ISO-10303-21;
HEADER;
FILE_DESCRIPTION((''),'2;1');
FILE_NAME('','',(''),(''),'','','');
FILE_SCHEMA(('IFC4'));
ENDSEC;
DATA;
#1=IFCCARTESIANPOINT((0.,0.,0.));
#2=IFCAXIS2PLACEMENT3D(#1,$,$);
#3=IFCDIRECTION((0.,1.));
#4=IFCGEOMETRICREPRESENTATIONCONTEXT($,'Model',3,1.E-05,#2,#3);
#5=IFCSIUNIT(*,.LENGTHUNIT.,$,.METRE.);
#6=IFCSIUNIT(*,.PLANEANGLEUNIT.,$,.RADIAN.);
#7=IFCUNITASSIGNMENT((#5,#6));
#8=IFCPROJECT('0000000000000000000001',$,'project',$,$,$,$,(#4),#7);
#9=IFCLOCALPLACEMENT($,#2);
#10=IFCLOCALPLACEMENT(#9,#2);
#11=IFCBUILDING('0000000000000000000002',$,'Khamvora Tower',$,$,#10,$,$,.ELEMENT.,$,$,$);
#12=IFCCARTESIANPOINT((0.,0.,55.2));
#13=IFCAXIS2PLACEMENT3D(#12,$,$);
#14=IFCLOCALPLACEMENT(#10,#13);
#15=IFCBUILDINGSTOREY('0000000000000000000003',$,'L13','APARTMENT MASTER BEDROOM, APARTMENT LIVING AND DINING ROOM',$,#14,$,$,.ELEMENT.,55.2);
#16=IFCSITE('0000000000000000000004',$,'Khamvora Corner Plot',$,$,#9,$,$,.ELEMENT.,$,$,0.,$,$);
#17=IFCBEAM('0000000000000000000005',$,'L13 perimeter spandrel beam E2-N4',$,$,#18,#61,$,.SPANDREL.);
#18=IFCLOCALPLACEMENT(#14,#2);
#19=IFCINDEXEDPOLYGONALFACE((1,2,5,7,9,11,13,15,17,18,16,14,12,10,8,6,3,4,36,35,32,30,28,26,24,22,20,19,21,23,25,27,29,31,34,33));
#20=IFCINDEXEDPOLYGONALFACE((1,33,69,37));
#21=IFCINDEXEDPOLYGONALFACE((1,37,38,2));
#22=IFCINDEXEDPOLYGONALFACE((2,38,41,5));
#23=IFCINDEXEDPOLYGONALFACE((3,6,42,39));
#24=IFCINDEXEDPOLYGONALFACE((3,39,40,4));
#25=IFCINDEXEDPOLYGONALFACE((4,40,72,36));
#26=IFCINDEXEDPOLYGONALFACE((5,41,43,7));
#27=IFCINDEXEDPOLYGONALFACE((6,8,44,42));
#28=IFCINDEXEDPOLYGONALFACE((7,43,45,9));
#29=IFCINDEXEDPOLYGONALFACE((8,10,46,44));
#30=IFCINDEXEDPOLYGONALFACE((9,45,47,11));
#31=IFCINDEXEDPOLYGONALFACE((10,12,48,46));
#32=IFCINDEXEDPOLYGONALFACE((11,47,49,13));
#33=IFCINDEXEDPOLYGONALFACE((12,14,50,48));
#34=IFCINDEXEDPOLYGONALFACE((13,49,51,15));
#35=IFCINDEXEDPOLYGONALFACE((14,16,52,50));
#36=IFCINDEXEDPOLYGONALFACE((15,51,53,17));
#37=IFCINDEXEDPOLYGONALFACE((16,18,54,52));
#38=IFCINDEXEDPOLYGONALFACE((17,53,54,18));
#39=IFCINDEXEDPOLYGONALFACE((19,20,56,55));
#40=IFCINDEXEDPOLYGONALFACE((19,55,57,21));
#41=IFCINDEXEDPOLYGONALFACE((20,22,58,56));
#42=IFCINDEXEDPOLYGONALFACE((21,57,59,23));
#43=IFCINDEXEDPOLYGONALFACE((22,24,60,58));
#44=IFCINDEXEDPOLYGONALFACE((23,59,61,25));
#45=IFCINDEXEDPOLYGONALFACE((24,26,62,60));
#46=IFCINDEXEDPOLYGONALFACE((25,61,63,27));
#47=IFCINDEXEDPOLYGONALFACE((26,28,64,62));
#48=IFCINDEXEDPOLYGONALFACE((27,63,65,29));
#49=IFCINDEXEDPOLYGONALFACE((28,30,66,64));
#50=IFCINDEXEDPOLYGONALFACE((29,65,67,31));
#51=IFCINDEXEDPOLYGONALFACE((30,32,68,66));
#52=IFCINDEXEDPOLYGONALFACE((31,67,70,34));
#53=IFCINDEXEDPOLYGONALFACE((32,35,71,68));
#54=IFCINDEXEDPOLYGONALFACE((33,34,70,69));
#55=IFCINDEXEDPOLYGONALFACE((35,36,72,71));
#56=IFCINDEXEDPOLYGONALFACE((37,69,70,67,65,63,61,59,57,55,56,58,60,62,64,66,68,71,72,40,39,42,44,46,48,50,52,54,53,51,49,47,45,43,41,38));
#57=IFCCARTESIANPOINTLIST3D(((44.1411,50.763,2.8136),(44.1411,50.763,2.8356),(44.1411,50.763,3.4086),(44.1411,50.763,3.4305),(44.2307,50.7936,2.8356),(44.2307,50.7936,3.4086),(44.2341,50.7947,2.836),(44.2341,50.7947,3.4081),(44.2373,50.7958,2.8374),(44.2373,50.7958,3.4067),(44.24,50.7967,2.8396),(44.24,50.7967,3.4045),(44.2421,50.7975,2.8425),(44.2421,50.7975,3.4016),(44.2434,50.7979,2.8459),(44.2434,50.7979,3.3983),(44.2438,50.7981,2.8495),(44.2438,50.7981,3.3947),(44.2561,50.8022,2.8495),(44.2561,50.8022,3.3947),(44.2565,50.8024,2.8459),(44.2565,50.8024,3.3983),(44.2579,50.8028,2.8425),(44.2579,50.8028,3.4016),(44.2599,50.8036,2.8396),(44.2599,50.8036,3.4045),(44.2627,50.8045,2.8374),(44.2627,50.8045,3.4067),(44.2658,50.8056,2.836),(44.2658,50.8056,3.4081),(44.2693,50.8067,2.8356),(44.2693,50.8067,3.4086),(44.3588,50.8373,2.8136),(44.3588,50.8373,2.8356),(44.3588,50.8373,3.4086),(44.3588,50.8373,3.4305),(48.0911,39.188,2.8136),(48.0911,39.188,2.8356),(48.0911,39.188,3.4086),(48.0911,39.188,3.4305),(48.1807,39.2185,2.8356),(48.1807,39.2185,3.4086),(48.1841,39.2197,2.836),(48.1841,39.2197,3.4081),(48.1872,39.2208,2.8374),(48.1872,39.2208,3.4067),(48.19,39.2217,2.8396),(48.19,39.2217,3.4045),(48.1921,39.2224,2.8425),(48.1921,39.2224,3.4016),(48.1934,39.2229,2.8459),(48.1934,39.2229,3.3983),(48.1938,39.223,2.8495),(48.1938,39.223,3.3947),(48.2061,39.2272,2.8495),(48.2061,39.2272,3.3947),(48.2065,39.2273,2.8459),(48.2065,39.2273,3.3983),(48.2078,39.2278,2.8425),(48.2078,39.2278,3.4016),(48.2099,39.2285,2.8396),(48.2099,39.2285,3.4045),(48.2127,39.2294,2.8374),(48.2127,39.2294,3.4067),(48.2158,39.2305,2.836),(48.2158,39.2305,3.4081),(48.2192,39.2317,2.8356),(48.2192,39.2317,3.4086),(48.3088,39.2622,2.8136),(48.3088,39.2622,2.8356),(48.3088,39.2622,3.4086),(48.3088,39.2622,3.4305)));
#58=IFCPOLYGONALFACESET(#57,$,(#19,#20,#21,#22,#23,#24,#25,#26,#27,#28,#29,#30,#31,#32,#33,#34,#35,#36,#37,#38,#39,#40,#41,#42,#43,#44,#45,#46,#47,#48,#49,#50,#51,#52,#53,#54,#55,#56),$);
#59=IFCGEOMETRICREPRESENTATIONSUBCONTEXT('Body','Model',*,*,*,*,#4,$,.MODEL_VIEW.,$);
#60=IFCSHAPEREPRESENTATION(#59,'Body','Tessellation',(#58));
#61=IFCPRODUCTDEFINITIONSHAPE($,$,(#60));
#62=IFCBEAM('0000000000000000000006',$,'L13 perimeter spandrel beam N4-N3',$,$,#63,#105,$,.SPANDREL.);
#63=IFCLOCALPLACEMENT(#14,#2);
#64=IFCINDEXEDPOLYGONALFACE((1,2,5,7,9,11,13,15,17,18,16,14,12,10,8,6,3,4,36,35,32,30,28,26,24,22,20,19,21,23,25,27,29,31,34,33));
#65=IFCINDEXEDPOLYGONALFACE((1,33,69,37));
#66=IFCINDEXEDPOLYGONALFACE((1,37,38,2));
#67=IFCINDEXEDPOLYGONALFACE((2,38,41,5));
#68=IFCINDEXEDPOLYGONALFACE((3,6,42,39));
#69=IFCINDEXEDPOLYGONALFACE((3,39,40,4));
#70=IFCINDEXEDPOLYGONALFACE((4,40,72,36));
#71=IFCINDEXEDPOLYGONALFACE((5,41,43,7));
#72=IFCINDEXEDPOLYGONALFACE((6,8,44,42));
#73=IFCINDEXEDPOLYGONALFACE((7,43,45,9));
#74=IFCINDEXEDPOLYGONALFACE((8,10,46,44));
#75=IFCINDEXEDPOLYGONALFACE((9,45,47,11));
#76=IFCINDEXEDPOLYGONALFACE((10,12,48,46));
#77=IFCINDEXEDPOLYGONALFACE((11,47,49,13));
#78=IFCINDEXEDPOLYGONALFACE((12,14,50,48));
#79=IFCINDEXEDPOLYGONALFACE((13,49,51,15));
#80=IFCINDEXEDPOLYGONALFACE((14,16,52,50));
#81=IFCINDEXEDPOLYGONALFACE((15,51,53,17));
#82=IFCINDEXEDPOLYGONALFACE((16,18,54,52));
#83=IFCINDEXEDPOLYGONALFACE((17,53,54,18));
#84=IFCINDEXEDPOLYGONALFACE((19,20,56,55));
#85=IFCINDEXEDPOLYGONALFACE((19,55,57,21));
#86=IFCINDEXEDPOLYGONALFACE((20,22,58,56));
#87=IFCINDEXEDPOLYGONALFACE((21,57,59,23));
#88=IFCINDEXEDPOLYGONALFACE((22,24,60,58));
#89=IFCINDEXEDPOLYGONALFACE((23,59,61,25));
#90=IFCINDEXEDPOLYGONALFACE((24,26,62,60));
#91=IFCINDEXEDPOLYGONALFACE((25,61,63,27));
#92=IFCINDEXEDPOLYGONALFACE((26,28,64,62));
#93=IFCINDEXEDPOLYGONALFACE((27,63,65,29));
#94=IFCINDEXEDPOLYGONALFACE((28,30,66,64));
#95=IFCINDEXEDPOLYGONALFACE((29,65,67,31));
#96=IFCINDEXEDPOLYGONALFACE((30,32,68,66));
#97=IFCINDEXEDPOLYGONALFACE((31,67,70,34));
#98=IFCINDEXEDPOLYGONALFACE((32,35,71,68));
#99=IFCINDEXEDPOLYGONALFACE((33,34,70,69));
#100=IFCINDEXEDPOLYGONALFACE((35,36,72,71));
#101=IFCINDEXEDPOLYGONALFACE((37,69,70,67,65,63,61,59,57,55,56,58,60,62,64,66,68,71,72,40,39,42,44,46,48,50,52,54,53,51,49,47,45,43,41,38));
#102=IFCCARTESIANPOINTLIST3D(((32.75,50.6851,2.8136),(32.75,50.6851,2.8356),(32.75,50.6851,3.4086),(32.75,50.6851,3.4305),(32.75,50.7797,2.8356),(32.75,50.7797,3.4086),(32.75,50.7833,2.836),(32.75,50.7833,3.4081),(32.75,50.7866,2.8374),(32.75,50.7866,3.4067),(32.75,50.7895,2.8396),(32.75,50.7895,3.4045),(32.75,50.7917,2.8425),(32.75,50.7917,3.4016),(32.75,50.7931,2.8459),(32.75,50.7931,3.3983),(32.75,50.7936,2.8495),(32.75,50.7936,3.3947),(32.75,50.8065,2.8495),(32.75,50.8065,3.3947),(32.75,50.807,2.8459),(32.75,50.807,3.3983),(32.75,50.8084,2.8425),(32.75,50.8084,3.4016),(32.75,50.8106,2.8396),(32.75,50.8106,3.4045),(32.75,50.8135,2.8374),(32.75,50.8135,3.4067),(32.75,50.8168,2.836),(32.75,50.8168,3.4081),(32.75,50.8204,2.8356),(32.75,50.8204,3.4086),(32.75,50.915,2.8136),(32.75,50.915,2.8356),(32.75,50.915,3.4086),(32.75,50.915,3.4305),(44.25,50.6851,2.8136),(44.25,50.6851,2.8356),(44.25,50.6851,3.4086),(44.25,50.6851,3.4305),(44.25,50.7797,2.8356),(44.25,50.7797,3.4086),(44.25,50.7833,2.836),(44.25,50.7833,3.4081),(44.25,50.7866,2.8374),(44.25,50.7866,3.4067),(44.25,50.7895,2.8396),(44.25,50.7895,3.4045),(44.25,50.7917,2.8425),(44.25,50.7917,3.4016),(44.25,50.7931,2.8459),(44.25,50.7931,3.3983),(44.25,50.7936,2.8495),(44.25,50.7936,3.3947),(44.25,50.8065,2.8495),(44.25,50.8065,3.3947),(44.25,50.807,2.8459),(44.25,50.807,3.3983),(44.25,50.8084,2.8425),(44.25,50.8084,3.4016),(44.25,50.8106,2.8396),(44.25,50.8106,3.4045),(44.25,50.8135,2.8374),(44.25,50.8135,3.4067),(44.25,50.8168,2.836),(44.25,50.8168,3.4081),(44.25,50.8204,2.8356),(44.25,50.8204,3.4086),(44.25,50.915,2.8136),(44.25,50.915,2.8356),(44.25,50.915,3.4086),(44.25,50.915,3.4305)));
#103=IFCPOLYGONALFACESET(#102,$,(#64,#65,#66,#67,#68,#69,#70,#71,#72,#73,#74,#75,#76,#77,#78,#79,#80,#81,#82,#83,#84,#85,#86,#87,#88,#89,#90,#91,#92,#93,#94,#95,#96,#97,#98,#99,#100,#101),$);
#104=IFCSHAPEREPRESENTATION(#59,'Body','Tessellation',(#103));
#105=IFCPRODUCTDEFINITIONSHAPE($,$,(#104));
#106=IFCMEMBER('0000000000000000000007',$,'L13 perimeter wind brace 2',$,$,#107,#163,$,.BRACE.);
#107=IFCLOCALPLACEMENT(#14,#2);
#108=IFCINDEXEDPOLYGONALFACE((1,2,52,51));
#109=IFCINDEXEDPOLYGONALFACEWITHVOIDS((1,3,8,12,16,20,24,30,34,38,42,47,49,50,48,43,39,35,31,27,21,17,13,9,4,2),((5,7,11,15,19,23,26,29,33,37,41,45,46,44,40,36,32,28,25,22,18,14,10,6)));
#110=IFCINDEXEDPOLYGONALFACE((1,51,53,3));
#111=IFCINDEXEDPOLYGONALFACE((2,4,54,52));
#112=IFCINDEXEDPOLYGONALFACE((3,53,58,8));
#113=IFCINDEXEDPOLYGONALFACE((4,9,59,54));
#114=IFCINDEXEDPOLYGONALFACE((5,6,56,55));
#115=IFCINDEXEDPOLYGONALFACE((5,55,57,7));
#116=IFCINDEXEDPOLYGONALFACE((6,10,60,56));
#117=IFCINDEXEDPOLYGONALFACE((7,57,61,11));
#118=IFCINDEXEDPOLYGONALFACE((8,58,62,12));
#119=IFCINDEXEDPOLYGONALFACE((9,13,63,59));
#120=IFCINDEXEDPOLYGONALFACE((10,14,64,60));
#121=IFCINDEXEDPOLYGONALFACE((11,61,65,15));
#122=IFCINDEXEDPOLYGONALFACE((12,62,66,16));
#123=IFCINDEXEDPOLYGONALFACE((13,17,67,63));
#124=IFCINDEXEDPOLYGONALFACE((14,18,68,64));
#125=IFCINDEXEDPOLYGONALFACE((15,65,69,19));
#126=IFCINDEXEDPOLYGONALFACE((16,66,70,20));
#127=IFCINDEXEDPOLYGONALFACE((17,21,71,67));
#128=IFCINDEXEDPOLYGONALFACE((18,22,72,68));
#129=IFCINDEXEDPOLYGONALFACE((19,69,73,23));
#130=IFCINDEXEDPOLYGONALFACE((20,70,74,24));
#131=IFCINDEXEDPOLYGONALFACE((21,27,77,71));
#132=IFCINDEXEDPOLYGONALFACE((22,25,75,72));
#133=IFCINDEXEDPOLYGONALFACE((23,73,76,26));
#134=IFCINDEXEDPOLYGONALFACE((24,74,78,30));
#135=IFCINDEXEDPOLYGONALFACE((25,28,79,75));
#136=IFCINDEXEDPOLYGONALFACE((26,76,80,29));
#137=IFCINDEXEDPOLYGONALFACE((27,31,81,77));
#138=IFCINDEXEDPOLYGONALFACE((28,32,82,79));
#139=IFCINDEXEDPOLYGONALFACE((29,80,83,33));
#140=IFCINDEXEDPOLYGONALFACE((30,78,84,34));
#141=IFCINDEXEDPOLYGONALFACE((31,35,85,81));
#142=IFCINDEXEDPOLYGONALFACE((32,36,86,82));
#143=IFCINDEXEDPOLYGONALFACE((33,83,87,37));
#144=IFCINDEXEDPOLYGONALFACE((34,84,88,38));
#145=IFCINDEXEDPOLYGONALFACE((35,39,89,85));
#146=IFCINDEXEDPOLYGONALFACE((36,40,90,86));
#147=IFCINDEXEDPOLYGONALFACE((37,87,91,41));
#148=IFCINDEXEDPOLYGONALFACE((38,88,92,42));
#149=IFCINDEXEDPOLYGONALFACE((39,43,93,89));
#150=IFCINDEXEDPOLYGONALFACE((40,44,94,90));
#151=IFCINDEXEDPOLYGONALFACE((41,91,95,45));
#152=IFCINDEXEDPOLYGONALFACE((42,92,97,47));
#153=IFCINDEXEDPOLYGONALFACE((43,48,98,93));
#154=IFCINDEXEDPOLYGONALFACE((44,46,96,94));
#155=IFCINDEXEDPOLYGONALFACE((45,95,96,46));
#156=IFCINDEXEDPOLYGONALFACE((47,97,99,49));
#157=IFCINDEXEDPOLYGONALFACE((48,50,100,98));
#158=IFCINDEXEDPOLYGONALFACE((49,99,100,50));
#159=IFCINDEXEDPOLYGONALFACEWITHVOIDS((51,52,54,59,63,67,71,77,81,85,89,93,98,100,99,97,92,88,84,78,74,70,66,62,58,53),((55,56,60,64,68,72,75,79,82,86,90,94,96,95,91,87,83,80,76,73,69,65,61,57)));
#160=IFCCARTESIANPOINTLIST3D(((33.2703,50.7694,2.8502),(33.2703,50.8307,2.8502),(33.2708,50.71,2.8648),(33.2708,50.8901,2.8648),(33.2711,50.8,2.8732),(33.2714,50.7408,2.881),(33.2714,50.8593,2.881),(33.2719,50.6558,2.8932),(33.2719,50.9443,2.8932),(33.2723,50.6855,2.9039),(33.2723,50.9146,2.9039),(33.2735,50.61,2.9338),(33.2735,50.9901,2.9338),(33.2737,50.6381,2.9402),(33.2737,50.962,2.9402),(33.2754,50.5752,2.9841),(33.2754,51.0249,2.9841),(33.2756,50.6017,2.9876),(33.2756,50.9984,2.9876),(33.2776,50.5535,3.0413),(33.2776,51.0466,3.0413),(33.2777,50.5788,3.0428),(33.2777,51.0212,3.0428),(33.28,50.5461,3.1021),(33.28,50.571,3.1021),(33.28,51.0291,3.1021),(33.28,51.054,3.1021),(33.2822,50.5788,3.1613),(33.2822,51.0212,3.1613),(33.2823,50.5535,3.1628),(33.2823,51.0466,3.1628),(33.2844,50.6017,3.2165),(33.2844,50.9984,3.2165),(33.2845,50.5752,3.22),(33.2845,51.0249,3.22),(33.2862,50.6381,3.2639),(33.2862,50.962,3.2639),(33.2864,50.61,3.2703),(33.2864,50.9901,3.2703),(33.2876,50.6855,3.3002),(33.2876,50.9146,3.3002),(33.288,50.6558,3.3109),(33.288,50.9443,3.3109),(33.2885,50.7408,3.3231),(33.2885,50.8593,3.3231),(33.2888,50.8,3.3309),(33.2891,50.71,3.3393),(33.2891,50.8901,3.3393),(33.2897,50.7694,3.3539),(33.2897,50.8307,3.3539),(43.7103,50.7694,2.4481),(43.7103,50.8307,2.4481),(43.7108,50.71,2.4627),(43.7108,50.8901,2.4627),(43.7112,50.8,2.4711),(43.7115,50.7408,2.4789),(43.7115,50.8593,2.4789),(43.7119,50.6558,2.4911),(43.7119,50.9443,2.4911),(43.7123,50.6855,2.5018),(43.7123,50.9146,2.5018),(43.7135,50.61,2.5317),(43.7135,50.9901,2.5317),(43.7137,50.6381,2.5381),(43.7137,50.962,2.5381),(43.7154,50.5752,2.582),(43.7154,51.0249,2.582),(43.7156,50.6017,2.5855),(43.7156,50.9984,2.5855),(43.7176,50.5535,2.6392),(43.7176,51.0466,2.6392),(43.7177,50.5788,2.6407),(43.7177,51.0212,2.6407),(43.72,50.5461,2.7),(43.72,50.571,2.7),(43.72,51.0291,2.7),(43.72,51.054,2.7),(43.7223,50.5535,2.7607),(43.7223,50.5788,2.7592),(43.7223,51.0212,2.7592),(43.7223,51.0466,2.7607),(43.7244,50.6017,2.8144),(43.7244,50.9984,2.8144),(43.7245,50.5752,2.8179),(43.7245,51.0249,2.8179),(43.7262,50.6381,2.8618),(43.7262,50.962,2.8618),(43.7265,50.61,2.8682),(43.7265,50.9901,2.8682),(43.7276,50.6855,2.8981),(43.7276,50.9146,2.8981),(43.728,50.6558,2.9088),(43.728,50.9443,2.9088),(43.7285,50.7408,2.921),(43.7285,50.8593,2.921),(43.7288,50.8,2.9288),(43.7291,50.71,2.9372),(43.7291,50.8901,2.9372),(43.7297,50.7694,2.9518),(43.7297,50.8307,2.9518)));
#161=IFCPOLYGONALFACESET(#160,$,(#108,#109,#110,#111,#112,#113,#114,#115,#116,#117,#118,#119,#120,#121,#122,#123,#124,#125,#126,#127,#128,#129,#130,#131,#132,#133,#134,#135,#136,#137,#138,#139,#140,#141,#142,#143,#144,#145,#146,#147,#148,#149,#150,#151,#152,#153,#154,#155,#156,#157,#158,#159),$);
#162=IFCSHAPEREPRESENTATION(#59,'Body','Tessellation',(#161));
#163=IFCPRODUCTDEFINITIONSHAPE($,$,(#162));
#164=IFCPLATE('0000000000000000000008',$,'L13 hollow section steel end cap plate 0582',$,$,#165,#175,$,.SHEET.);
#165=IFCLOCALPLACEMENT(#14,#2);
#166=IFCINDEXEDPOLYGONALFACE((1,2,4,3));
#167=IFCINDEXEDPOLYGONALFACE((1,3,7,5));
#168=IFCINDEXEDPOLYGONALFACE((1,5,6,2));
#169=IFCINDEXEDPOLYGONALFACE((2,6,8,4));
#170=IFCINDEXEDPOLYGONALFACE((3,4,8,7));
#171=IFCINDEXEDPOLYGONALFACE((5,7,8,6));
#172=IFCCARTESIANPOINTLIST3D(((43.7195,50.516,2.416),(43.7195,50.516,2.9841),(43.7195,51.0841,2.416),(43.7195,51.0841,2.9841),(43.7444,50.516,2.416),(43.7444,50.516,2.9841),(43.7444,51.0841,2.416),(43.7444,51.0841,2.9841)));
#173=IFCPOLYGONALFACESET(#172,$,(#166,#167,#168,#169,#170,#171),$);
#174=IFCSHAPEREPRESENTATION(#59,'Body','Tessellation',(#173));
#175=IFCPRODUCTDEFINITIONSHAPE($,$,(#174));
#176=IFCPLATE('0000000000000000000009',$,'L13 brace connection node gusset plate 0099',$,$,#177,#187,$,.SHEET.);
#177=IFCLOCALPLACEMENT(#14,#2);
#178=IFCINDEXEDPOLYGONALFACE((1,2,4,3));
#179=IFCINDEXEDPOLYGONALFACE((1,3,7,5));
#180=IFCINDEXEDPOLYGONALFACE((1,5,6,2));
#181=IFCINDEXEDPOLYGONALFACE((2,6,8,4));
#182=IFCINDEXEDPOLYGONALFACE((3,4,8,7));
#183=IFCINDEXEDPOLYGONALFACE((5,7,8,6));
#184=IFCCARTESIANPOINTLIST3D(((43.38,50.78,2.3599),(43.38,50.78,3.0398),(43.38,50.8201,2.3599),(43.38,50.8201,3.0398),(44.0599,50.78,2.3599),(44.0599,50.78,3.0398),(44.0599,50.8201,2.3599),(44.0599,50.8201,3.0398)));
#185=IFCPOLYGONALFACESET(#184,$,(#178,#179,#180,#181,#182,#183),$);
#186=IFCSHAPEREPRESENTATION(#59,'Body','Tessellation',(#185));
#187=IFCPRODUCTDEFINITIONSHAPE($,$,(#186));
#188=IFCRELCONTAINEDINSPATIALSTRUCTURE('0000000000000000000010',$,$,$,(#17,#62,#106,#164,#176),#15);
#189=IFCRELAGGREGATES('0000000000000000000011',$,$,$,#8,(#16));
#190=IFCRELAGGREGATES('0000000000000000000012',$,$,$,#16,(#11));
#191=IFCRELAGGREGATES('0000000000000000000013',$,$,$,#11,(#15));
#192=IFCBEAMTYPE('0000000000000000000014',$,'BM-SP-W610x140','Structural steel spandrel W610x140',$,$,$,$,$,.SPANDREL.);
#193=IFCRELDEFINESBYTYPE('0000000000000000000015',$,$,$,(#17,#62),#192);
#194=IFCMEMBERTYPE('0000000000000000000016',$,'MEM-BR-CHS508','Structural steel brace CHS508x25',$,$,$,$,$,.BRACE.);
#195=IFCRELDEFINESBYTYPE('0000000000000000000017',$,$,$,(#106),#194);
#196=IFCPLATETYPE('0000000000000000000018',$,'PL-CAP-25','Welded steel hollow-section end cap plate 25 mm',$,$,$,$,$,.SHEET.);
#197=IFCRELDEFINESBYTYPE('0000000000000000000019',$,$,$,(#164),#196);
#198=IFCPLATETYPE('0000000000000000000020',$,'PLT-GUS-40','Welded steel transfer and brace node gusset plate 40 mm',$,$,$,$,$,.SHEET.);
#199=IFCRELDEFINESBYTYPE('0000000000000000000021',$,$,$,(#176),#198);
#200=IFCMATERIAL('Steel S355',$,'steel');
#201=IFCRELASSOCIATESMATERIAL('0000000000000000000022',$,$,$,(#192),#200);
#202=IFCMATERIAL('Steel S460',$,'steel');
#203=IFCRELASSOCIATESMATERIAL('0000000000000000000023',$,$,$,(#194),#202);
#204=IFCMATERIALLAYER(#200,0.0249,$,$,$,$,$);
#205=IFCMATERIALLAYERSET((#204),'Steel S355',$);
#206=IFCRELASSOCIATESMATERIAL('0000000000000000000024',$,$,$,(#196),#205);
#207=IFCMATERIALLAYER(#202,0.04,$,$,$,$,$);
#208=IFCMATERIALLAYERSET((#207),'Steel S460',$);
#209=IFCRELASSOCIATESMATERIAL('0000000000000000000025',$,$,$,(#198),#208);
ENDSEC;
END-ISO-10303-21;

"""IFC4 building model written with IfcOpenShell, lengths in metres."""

from ifc_helpers import new_model, si_unit, direction, frame, origin, origin_2d, place, context, subcontext, project, spatial, rectangle, hollow_circle, i_section, extrude, material, layer, layer_set, material_profile, profile_set, type_object, element, save


model = new_model("IFC4")

# Units and contexts
model_context = context("Model", 3, precision=1e-05, world=origin(), true_north=direction((0.0, 1.0)))
body_context = subcontext(model_context, "Body", "Model", "MODEL_VIEW")
ifc_project = project(units=[si_unit("LENGTHUNIT", "METRE"), si_unit("PLANEANGLEUNIT", "RADIAN")], contexts=[model_context])

# Site, building, storey
site_placement = place(None, origin())
site = spatial("IfcSite", under=ifc_project, at=site_placement, Name="Khamvora Corner Plot", CompositionType="ELEMENT", RefElevation=0.0)
building_placement = place(site_placement, origin())
building = spatial("IfcBuilding", under=site, at=building_placement, Name="Khamvora Tower", CompositionType="ELEMENT")
storey_placement = place(building_placement, frame((0.0, 0.0, 55.2)))
storey = spatial("IfcBuildingStorey", under=building, at=storey_placement, Name="L13", Description="APARTMENT MASTER BEDROOM, APARTMENT LIVING AND DINING ROOM", CompositionType="ELEMENT", Elevation=55.2)

# Shared definitions
ifc_material_1 = material(Name="Steel S460", Category="steel")

# Beams
ifc_material_2 = material(Name="Steel S355", Category="steel")
ifc_material_profile_1 = material_profile(ifc_material_2, i_section(OverallWidth=0.23, OverallDepth=0.6169, WebThickness=0.0129, FlangeThickness=0.022, FilletRadius=0.0139, at=origin_2d()), Name="W610x140")
ifc_profile_set_1 = profile_set([ifc_material_profile_1], Name="Steel S355")
beam_type_1 = type_object("IfcBeamType", Name="BM-SP-W610x140", Description="Structural steel spandrel W610x140", PredefinedType="SPANDREL", material=ifc_profile_set_1)
beam_1_placement = place(storey_placement, frame((48.2, 39.2251, 3.1221), z_axis=(-0.322963, 0.946412, 0.0), x_axis=(-0.946412, -0.322963, 0.0)))
element("IfcBeam", 1, at=beam_1_placement, inside=storey, type_object=beam_type_1, Name="L13 perimeter spandrel beam E2-N4", PredefinedType="SPANDREL", context=body_context, shape_type="SweptSolid", body=[
    extrude(i_section(OverallWidth=0.23, OverallDepth=0.6169, WebThickness=0.0129, FlangeThickness=0.022, FilletRadius=0.0139, at=origin_2d()), origin(), (0.0, 0.0, 1.0), 12.2305),
])
beam_2_placement = place(storey_placement, frame((44.25, 50.8, 3.1221), z_axis=(-1.0, 0.0, 0.0), x_axis=(0.0, -1.0, 0.0)))
element("IfcBeam", 2, at=beam_2_placement, inside=storey, type_object=beam_type_1, Name="L13 perimeter spandrel beam N4-N3", PredefinedType="SPANDREL", context=body_context, shape_type="SweptSolid", body=[
    extrude(i_section(OverallWidth=0.23, OverallDepth=0.6169, WebThickness=0.0129, FlangeThickness=0.022, FilletRadius=0.0139, at=origin_2d()), origin(), (0.0, 0.0, 1.0), 11.5),
])

# Member
ifc_material_profile_2 = material_profile(ifc_material_1, hollow_circle(Radius=0.2539, WallThickness=0.0249, at=origin_2d()), Name="CHS508x25")
ifc_profile_set_2 = profile_set([ifc_material_profile_2], Name="Steel S460")
member_type = type_object("IfcMemberType", Name="MEM-BR-CHS508", Description="Structural steel brace CHS508x25", PredefinedType="BRACE", material=ifc_profile_set_2)
member_placement = place(storey_placement, frame((43.72, 50.8, 2.7), z_axis=(-0.999259, 0.0, 0.038487), x_axis=(0.0, -1.0, 0.0)))
element("IfcMember", 3, at=member_placement, inside=storey, type_object=member_type, Name="L13 perimeter wind brace 2", PredefinedType="BRACE", context=body_context, shape_type="SweptSolid", body=[
    extrude(hollow_circle(Radius=0.2539, WallThickness=0.0249, at=origin_2d()), origin(), (0.0, 0.0, 1.0), 10.4478),
])

# Plates
ifc_layer_1 = layer(ifc_material_2, 0.0249)
ifc_layer_set_1 = layer_set([ifc_layer_1], Name="Steel S355")
plate_type_1 = type_object("IfcPlateType", Name="PL-CAP-25", Description="Welded steel hollow-section end cap plate 25 mm", PredefinedType="SHEET", material=ifc_layer_set_1)
plate_1_placement = place(storey_placement, frame((43.7319, 50.8, 2.416), z_axis=(0.0, 0.0, 1.0), x_axis=(-1.0, 0.0, 0.0)))
element("IfcPlate", 4, at=plate_1_placement, inside=storey, type_object=plate_type_1, Name="L13 hollow section steel end cap plate 0582", PredefinedType="SHEET", context=body_context, shape_type="SweptSolid", body=[
    extrude(rectangle(XDim=0.0249, YDim=0.5681, at=origin_2d()), origin(), (0.0, 0.0, 1.0), 0.5681),
])
ifc_layer_2 = layer(ifc_material_1, 0.04)
ifc_layer_set_2 = layer_set([ifc_layer_2], Name="Steel S460")
plate_type_2 = type_object("IfcPlateType", Name="PLT-GUS-40", Description="Welded steel transfer and brace node gusset plate 40 mm", PredefinedType="SHEET", material=ifc_layer_set_2)
plate_2_placement = place(storey_placement, frame((43.72, 50.8, 2.3599), z_axis=(0.0, 0.0, 1.0), x_axis=(1.0, 0.0, 0.0)))
element("IfcPlate", 5, at=plate_2_placement, inside=storey, type_object=plate_type_2, Name="L13 brace connection node gusset plate 0099", PredefinedType="SHEET", context=body_context, shape_type="SweptSolid", body=[
    extrude(rectangle(XDim=0.6799, YDim=0.04, at=origin_2d()), origin(), (0.0, 0.0, 1.0), 0.6799),
])

save(model, "model.ifc")
